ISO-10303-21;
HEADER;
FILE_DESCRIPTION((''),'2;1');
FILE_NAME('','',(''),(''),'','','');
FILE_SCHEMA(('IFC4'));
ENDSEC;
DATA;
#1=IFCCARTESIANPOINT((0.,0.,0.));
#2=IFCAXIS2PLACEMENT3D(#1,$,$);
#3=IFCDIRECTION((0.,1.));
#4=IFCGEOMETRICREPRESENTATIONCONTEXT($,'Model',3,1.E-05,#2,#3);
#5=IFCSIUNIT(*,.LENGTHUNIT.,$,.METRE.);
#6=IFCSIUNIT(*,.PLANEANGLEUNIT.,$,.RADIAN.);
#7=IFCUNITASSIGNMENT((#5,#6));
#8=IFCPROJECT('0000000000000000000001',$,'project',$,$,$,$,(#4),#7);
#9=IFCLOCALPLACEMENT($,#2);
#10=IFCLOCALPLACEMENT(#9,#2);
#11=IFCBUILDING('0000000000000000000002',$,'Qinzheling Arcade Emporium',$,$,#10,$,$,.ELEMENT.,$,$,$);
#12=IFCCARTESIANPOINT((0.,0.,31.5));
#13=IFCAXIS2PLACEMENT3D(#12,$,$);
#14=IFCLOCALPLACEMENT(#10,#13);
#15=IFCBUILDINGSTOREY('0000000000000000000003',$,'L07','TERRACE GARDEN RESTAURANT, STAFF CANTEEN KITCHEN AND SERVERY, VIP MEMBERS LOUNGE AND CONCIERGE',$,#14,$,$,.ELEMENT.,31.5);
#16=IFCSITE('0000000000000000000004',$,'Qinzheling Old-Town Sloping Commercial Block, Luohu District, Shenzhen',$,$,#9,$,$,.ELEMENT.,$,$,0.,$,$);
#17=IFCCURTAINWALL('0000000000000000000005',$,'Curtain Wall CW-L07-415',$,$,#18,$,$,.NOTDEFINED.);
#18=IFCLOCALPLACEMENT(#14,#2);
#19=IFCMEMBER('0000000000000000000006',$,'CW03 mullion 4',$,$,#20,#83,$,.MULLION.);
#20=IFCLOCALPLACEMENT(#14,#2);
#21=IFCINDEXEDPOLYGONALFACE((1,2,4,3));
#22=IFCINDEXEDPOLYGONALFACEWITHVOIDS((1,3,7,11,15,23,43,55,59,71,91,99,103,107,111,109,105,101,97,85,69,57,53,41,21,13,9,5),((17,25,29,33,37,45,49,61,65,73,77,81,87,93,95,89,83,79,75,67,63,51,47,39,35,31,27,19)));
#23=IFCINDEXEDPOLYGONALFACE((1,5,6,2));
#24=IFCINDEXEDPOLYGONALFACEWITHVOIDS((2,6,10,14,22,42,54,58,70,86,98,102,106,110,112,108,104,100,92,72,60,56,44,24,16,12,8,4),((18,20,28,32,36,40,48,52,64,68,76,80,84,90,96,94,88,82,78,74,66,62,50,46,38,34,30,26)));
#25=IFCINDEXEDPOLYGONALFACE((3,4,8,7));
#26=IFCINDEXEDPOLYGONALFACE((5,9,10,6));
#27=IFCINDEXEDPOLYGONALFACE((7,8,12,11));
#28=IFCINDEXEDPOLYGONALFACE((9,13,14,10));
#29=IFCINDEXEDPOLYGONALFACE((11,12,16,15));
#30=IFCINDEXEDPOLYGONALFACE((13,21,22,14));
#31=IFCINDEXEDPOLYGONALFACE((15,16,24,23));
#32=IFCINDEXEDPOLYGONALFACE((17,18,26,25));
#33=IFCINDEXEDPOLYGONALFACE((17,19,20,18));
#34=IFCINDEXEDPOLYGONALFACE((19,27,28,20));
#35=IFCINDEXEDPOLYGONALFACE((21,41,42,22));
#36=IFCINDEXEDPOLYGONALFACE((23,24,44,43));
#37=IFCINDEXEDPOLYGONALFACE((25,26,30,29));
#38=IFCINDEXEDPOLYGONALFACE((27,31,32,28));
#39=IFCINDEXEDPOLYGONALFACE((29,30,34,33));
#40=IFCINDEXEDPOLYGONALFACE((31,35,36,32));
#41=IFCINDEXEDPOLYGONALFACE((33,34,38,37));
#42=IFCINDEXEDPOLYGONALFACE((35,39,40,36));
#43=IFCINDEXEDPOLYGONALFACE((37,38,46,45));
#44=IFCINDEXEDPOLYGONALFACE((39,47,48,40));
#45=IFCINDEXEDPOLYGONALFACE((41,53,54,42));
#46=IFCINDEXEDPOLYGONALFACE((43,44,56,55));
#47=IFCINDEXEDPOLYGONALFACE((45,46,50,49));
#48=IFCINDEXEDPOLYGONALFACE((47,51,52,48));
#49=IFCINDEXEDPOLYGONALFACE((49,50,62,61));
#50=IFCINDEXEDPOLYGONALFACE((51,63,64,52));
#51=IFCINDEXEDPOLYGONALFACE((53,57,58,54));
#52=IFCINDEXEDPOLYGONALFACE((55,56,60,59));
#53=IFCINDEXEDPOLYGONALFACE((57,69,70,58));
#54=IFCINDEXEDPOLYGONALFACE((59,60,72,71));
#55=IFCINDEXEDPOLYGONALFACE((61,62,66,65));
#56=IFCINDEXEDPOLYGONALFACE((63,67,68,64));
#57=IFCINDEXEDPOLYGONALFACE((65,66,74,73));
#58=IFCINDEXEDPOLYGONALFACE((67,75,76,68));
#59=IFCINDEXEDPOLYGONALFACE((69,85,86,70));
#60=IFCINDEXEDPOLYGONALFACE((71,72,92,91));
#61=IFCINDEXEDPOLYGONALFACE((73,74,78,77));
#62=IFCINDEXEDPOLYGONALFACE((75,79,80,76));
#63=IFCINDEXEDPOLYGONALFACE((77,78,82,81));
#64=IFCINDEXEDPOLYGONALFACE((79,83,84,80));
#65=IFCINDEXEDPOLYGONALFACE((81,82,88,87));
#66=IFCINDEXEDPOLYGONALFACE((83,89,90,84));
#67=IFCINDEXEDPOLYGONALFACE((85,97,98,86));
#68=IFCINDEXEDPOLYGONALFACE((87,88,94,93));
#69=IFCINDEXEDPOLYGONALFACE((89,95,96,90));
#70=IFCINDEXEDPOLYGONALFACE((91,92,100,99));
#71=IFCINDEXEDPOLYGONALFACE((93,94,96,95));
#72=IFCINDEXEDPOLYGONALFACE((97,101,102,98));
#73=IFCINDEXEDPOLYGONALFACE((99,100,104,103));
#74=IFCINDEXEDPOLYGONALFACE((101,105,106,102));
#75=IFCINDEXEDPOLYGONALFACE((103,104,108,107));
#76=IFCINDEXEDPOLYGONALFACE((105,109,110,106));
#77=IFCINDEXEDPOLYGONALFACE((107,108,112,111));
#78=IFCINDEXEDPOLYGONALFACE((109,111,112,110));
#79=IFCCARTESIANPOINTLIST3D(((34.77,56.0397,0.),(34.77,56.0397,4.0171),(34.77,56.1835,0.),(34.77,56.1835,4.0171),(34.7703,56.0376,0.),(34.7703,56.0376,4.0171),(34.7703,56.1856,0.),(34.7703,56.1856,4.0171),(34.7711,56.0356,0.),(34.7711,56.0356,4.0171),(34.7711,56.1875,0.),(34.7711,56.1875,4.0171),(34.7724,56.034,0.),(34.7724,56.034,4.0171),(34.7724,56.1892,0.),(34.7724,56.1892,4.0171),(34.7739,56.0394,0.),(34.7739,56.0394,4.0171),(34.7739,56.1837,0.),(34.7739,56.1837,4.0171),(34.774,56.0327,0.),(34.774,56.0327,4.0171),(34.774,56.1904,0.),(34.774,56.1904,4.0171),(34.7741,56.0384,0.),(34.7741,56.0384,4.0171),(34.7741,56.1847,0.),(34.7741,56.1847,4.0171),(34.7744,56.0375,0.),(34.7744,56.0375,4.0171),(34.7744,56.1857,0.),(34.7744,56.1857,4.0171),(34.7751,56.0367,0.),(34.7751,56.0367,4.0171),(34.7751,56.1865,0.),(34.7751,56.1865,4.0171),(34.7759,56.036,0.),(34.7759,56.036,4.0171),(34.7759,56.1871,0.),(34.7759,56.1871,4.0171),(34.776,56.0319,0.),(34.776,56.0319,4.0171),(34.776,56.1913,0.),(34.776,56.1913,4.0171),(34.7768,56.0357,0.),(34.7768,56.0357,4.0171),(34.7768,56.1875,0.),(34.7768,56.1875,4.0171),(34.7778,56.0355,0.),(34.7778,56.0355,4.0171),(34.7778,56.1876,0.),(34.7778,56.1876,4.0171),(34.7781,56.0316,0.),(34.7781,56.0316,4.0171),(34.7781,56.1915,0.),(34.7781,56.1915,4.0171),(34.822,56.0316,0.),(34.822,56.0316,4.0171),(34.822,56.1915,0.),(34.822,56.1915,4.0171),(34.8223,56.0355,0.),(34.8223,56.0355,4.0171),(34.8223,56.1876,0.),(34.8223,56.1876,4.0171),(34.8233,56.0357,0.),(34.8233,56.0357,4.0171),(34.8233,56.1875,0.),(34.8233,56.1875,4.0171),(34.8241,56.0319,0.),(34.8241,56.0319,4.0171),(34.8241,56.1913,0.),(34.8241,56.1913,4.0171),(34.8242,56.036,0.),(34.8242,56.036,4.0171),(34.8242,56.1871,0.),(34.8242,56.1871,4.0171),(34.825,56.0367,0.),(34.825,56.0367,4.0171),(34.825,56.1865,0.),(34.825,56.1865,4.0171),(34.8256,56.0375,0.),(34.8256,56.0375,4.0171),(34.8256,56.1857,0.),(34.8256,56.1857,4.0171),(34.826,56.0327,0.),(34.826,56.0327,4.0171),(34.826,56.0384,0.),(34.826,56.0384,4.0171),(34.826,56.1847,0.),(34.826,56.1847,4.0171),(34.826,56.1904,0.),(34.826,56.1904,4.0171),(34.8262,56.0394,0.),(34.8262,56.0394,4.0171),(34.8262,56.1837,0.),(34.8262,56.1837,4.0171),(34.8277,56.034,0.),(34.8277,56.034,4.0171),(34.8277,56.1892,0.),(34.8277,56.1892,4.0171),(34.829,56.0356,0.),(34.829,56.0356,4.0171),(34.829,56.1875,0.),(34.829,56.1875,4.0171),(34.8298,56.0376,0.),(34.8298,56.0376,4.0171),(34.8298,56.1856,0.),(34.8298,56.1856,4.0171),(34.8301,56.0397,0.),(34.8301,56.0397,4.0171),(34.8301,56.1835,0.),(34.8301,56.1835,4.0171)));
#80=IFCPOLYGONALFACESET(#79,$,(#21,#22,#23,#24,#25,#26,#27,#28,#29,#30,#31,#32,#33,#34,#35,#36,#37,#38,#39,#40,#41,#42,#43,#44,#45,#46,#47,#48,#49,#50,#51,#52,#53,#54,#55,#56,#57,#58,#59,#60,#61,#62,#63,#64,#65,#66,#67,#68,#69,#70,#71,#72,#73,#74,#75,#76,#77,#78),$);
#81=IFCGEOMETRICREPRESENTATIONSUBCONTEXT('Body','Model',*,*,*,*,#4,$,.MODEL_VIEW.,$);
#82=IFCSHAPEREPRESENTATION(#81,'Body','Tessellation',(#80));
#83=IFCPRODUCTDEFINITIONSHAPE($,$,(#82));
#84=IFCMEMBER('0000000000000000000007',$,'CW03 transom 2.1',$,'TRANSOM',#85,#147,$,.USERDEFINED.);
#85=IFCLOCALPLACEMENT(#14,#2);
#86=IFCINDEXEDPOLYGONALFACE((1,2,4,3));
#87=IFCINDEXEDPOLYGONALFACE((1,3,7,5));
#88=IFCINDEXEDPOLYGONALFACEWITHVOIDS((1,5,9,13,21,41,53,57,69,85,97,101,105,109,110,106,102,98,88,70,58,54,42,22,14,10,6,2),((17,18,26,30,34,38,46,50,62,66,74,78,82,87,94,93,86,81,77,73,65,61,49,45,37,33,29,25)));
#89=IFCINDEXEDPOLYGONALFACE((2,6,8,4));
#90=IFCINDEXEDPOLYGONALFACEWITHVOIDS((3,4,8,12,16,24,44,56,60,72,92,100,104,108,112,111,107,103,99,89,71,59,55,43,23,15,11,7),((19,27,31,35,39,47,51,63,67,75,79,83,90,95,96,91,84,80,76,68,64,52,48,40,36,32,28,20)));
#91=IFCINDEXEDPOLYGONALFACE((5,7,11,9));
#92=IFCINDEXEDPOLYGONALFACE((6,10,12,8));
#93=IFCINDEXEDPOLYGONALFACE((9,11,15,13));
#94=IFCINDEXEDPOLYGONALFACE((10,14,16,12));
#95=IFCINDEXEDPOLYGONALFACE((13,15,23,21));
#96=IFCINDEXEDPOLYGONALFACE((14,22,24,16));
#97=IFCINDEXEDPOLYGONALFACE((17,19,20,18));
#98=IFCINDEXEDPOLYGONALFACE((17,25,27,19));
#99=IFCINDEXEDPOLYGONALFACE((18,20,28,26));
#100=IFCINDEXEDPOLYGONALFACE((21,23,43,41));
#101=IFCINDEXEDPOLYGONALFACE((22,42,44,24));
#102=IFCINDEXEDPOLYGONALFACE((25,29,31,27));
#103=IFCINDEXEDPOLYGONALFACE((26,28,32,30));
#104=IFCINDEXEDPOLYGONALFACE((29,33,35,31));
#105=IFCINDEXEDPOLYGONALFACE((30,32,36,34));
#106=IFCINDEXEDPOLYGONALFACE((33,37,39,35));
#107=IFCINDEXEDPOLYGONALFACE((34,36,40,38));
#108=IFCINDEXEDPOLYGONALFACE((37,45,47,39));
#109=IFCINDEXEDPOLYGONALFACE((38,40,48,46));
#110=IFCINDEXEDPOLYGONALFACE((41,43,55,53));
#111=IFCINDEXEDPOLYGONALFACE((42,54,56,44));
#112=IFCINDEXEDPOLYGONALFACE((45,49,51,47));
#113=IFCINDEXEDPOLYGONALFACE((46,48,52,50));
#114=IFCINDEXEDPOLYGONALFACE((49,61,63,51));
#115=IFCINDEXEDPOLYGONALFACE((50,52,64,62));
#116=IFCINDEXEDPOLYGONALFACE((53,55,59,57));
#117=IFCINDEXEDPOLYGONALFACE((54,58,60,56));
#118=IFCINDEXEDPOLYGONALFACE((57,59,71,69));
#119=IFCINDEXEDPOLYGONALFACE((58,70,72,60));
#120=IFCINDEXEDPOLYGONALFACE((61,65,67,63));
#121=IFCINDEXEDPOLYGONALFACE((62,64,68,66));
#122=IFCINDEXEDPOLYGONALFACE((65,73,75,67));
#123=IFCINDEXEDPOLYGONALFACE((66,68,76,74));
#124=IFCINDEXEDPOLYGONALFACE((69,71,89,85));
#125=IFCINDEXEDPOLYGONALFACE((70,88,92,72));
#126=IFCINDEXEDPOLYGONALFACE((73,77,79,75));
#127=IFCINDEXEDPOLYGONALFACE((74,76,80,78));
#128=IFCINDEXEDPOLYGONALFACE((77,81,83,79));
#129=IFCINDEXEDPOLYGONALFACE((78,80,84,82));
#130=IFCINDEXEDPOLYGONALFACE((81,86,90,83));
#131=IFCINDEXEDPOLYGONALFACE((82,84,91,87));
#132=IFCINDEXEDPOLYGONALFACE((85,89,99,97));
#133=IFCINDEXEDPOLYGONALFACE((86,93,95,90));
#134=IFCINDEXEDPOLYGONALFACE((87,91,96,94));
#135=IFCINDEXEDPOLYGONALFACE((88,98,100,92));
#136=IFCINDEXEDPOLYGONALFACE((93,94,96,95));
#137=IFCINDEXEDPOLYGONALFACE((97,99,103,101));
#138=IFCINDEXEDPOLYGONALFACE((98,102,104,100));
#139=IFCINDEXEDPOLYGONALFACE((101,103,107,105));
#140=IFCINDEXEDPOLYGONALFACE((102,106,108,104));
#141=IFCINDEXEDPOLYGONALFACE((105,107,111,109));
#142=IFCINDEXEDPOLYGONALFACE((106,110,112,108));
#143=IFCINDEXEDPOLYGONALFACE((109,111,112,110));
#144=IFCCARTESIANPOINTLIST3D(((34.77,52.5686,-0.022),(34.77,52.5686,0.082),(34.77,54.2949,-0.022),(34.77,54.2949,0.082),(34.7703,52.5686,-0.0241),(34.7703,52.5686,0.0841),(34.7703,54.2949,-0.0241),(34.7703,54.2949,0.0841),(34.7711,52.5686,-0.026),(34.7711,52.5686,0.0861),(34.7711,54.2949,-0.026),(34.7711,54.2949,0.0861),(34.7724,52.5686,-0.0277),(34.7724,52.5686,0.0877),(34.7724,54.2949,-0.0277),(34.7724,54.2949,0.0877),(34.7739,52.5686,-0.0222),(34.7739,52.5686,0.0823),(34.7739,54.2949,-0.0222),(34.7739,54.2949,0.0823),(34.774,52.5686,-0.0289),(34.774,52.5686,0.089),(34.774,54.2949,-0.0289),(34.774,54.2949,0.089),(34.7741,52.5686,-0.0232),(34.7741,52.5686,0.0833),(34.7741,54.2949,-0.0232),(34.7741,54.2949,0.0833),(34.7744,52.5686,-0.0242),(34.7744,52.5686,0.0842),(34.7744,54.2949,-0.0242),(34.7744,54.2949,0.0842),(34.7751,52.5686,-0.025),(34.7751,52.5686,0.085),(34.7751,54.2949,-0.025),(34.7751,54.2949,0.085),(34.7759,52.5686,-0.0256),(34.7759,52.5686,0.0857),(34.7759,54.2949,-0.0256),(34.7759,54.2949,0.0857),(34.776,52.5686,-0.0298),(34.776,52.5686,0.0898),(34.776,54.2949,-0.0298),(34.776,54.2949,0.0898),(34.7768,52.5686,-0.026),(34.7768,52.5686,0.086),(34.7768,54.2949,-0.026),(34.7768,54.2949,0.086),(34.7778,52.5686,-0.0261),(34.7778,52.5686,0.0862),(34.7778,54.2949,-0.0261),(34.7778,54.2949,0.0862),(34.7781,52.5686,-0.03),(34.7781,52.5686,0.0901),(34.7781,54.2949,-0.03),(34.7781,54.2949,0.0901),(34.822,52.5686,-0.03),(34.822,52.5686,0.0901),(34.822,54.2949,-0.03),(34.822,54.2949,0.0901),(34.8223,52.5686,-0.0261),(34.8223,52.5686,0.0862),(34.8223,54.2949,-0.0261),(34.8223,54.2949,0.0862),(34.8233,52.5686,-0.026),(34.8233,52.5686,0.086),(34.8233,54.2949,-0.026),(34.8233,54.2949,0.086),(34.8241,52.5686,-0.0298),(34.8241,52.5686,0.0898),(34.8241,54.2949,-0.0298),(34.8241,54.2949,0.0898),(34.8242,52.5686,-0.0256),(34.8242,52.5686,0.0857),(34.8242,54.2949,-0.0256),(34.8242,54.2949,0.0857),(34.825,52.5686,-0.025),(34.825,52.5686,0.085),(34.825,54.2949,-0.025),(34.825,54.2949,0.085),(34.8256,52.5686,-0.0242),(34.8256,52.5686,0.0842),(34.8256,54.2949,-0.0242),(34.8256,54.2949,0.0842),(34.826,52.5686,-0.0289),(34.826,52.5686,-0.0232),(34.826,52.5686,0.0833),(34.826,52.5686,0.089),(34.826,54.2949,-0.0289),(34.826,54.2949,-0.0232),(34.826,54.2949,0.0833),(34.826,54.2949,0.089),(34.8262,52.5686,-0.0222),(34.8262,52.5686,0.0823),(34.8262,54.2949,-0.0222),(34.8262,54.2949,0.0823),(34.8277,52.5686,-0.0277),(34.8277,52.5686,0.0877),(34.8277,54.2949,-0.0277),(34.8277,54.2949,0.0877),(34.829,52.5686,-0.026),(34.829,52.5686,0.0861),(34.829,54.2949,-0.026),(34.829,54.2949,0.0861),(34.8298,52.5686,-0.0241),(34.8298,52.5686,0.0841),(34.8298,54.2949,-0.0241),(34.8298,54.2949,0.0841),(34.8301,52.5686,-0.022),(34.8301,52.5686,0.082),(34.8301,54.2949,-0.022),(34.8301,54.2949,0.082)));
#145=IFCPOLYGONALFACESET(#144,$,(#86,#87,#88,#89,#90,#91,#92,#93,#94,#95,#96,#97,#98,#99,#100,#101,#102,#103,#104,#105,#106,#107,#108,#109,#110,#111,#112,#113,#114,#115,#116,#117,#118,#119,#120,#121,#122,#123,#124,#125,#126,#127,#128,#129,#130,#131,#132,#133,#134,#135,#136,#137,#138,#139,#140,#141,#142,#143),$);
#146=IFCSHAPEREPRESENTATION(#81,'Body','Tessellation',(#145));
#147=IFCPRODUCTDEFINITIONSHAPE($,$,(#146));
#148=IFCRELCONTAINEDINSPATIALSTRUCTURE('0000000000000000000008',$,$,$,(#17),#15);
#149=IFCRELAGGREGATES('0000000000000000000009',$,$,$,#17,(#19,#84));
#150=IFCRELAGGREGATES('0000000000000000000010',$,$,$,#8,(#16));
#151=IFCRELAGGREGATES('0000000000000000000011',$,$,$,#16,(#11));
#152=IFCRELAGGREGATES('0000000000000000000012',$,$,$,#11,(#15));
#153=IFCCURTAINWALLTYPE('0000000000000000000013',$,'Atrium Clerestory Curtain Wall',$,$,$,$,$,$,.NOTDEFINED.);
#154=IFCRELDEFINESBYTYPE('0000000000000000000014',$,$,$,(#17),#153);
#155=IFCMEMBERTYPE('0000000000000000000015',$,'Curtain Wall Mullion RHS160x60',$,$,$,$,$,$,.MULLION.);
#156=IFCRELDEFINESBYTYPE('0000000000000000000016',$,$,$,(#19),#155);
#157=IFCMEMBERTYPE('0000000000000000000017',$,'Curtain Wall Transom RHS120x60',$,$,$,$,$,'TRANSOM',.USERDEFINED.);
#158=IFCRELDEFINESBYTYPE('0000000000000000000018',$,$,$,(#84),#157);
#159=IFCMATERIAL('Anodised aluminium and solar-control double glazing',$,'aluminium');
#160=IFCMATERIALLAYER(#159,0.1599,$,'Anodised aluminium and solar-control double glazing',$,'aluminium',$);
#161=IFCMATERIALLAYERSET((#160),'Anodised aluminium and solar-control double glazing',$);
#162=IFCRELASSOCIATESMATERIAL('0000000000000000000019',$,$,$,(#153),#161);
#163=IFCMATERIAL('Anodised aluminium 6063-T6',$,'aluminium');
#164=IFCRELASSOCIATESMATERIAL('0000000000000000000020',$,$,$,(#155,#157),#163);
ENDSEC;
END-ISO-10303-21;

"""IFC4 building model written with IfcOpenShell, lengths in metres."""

from ifc_helpers import new_model, si_unit, direction, frame, origin, origin_2d, place, context, subcontext, project, spatial, hollow_rectangle, extrude, material, layer, layer_set, material_profile, profile_set, type_object, element, aggregate, save


model = new_model("IFC4")

# Units and contexts
model_context = context("Model", 3, precision=1e-05, world=origin(), true_north=direction((0.0, 1.0)))
body_context = subcontext(model_context, "Body", "Model", "MODEL_VIEW")
ifc_project = project(units=[si_unit("LENGTHUNIT", "METRE"), si_unit("PLANEANGLEUNIT", "RADIAN")], contexts=[model_context])

# Site, building, storey
site_placement = place(None, origin())
site = spatial("IfcSite", under=ifc_project, at=site_placement, Name="Qinzheling Old-Town Sloping Commercial Block, Luohu District, Shenzhen", CompositionType="ELEMENT", RefElevation=0.0)
building_placement = place(site_placement, origin())
building = spatial("IfcBuilding", under=site, at=building_placement, Name="Qinzheling Arcade Emporium", CompositionType="ELEMENT")
storey_placement = place(building_placement, frame((0.0, 0.0, 31.5)))
storey = spatial("IfcBuildingStorey", under=building, at=storey_placement, Name="L07", Description="TERRACE GARDEN RESTAURANT, STAFF CANTEEN KITCHEN AND SERVERY, VIP MEMBERS LOUNGE AND CONCIERGE", CompositionType="ELEMENT", Elevation=31.5)

# Curtain wall, members
ifc_material_1 = material(Name="Anodised aluminium and solar-control double glazing", Category="aluminium")
ifc_layer_1 = layer(ifc_material_1, 0.1599, Name="Anodised aluminium and solar-control double glazing", Category="aluminium")
ifc_layer_set_1 = layer_set([ifc_layer_1], Name="Anodised aluminium and solar-control double glazing")
curtain_wall_type = type_object("IfcCurtainWallType", Name="Atrium Clerestory Curtain Wall", PredefinedType="NOTDEFINED", material=ifc_layer_set_1)
curtain_wall_placement = place(storey_placement, origin())
curtain_wall = element("IfcCurtainWall", 1, at=curtain_wall_placement, inside=storey, type_object=curtain_wall_type, Name="Curtain Wall CW-L07-415", PredefinedType="NOTDEFINED")
ifc_material_2 = material(Name="Anodised aluminium 6063-T6", Category="aluminium")
ifc_material_profile_1 = material_profile(ifc_material_2, hollow_rectangle(XDim=0.0601, YDim=0.1599, WallThickness=0.0039, InnerFilletRadius=0.0039, OuterFilletRadius=0.0081, at=origin_2d()), Name="RHS 160x60x4", Category="aluminium")
ifc_profile_set_1 = profile_set([ifc_material_profile_1], Name="Anodised aluminium 6063-T6")
member_type_1 = type_object("IfcMemberType", Name="Curtain Wall Mullion RHS160x60", PredefinedType="MULLION", material=ifc_profile_set_1)
member_1_placement = place(storey_placement, frame((34.8, 56.1116, 0.0), z_axis=(0.0, 0.0, 1.0), x_axis=(-1.0, 0.0, 0.0)))
member_1 = element("IfcMember", 2, at=member_1_placement, type_object=member_type_1, Name="CW03 mullion 4", PredefinedType="MULLION", context=body_context, shape_type="SweptSolid", body=[
    extrude(hollow_rectangle(XDim=0.0601, YDim=0.1599, WallThickness=0.0039, InnerFilletRadius=0.0039, OuterFilletRadius=0.0081, at=origin_2d()), origin(), (0.0, 0.0, 1.0), 4.0171),
])
ifc_material_profile_2 = material_profile(ifc_material_2, hollow_rectangle(XDim=0.0601, YDim=0.1201, WallThickness=0.0039, InnerFilletRadius=0.0039, OuterFilletRadius=0.0081, at=origin_2d()), Name="RHS 120x60x4", Category="aluminium")
ifc_profile_set_2 = profile_set([ifc_material_profile_2], Name="Anodised aluminium 6063-T6")
member_type_2 = type_object("IfcMemberType", Name="Curtain Wall Transom RHS120x60", ElementType="TRANSOM", PredefinedType="USERDEFINED", material=ifc_profile_set_2)
member_2_placement = place(storey_placement, frame((34.8, 52.5686, 0.03), z_axis=(0.0, 1.0, 0.0), x_axis=(-1.0, 0.0, 0.0)))
member_2 = element("IfcMember", 3, at=member_2_placement, type_object=member_type_2, Name="CW03 transom 2.1", ObjectType="TRANSOM", PredefinedType="USERDEFINED", context=body_context, shape_type="SweptSolid", body=[
    extrude(hollow_rectangle(XDim=0.0601, YDim=0.1201, WallThickness=0.0039, InnerFilletRadius=0.0039, OuterFilletRadius=0.0081, at=origin_2d()), origin(), (0.0, 0.0, 1.0), 1.7263),
])
aggregate(curtain_wall, [member_1, member_2])

save(model, "model.ifc")
